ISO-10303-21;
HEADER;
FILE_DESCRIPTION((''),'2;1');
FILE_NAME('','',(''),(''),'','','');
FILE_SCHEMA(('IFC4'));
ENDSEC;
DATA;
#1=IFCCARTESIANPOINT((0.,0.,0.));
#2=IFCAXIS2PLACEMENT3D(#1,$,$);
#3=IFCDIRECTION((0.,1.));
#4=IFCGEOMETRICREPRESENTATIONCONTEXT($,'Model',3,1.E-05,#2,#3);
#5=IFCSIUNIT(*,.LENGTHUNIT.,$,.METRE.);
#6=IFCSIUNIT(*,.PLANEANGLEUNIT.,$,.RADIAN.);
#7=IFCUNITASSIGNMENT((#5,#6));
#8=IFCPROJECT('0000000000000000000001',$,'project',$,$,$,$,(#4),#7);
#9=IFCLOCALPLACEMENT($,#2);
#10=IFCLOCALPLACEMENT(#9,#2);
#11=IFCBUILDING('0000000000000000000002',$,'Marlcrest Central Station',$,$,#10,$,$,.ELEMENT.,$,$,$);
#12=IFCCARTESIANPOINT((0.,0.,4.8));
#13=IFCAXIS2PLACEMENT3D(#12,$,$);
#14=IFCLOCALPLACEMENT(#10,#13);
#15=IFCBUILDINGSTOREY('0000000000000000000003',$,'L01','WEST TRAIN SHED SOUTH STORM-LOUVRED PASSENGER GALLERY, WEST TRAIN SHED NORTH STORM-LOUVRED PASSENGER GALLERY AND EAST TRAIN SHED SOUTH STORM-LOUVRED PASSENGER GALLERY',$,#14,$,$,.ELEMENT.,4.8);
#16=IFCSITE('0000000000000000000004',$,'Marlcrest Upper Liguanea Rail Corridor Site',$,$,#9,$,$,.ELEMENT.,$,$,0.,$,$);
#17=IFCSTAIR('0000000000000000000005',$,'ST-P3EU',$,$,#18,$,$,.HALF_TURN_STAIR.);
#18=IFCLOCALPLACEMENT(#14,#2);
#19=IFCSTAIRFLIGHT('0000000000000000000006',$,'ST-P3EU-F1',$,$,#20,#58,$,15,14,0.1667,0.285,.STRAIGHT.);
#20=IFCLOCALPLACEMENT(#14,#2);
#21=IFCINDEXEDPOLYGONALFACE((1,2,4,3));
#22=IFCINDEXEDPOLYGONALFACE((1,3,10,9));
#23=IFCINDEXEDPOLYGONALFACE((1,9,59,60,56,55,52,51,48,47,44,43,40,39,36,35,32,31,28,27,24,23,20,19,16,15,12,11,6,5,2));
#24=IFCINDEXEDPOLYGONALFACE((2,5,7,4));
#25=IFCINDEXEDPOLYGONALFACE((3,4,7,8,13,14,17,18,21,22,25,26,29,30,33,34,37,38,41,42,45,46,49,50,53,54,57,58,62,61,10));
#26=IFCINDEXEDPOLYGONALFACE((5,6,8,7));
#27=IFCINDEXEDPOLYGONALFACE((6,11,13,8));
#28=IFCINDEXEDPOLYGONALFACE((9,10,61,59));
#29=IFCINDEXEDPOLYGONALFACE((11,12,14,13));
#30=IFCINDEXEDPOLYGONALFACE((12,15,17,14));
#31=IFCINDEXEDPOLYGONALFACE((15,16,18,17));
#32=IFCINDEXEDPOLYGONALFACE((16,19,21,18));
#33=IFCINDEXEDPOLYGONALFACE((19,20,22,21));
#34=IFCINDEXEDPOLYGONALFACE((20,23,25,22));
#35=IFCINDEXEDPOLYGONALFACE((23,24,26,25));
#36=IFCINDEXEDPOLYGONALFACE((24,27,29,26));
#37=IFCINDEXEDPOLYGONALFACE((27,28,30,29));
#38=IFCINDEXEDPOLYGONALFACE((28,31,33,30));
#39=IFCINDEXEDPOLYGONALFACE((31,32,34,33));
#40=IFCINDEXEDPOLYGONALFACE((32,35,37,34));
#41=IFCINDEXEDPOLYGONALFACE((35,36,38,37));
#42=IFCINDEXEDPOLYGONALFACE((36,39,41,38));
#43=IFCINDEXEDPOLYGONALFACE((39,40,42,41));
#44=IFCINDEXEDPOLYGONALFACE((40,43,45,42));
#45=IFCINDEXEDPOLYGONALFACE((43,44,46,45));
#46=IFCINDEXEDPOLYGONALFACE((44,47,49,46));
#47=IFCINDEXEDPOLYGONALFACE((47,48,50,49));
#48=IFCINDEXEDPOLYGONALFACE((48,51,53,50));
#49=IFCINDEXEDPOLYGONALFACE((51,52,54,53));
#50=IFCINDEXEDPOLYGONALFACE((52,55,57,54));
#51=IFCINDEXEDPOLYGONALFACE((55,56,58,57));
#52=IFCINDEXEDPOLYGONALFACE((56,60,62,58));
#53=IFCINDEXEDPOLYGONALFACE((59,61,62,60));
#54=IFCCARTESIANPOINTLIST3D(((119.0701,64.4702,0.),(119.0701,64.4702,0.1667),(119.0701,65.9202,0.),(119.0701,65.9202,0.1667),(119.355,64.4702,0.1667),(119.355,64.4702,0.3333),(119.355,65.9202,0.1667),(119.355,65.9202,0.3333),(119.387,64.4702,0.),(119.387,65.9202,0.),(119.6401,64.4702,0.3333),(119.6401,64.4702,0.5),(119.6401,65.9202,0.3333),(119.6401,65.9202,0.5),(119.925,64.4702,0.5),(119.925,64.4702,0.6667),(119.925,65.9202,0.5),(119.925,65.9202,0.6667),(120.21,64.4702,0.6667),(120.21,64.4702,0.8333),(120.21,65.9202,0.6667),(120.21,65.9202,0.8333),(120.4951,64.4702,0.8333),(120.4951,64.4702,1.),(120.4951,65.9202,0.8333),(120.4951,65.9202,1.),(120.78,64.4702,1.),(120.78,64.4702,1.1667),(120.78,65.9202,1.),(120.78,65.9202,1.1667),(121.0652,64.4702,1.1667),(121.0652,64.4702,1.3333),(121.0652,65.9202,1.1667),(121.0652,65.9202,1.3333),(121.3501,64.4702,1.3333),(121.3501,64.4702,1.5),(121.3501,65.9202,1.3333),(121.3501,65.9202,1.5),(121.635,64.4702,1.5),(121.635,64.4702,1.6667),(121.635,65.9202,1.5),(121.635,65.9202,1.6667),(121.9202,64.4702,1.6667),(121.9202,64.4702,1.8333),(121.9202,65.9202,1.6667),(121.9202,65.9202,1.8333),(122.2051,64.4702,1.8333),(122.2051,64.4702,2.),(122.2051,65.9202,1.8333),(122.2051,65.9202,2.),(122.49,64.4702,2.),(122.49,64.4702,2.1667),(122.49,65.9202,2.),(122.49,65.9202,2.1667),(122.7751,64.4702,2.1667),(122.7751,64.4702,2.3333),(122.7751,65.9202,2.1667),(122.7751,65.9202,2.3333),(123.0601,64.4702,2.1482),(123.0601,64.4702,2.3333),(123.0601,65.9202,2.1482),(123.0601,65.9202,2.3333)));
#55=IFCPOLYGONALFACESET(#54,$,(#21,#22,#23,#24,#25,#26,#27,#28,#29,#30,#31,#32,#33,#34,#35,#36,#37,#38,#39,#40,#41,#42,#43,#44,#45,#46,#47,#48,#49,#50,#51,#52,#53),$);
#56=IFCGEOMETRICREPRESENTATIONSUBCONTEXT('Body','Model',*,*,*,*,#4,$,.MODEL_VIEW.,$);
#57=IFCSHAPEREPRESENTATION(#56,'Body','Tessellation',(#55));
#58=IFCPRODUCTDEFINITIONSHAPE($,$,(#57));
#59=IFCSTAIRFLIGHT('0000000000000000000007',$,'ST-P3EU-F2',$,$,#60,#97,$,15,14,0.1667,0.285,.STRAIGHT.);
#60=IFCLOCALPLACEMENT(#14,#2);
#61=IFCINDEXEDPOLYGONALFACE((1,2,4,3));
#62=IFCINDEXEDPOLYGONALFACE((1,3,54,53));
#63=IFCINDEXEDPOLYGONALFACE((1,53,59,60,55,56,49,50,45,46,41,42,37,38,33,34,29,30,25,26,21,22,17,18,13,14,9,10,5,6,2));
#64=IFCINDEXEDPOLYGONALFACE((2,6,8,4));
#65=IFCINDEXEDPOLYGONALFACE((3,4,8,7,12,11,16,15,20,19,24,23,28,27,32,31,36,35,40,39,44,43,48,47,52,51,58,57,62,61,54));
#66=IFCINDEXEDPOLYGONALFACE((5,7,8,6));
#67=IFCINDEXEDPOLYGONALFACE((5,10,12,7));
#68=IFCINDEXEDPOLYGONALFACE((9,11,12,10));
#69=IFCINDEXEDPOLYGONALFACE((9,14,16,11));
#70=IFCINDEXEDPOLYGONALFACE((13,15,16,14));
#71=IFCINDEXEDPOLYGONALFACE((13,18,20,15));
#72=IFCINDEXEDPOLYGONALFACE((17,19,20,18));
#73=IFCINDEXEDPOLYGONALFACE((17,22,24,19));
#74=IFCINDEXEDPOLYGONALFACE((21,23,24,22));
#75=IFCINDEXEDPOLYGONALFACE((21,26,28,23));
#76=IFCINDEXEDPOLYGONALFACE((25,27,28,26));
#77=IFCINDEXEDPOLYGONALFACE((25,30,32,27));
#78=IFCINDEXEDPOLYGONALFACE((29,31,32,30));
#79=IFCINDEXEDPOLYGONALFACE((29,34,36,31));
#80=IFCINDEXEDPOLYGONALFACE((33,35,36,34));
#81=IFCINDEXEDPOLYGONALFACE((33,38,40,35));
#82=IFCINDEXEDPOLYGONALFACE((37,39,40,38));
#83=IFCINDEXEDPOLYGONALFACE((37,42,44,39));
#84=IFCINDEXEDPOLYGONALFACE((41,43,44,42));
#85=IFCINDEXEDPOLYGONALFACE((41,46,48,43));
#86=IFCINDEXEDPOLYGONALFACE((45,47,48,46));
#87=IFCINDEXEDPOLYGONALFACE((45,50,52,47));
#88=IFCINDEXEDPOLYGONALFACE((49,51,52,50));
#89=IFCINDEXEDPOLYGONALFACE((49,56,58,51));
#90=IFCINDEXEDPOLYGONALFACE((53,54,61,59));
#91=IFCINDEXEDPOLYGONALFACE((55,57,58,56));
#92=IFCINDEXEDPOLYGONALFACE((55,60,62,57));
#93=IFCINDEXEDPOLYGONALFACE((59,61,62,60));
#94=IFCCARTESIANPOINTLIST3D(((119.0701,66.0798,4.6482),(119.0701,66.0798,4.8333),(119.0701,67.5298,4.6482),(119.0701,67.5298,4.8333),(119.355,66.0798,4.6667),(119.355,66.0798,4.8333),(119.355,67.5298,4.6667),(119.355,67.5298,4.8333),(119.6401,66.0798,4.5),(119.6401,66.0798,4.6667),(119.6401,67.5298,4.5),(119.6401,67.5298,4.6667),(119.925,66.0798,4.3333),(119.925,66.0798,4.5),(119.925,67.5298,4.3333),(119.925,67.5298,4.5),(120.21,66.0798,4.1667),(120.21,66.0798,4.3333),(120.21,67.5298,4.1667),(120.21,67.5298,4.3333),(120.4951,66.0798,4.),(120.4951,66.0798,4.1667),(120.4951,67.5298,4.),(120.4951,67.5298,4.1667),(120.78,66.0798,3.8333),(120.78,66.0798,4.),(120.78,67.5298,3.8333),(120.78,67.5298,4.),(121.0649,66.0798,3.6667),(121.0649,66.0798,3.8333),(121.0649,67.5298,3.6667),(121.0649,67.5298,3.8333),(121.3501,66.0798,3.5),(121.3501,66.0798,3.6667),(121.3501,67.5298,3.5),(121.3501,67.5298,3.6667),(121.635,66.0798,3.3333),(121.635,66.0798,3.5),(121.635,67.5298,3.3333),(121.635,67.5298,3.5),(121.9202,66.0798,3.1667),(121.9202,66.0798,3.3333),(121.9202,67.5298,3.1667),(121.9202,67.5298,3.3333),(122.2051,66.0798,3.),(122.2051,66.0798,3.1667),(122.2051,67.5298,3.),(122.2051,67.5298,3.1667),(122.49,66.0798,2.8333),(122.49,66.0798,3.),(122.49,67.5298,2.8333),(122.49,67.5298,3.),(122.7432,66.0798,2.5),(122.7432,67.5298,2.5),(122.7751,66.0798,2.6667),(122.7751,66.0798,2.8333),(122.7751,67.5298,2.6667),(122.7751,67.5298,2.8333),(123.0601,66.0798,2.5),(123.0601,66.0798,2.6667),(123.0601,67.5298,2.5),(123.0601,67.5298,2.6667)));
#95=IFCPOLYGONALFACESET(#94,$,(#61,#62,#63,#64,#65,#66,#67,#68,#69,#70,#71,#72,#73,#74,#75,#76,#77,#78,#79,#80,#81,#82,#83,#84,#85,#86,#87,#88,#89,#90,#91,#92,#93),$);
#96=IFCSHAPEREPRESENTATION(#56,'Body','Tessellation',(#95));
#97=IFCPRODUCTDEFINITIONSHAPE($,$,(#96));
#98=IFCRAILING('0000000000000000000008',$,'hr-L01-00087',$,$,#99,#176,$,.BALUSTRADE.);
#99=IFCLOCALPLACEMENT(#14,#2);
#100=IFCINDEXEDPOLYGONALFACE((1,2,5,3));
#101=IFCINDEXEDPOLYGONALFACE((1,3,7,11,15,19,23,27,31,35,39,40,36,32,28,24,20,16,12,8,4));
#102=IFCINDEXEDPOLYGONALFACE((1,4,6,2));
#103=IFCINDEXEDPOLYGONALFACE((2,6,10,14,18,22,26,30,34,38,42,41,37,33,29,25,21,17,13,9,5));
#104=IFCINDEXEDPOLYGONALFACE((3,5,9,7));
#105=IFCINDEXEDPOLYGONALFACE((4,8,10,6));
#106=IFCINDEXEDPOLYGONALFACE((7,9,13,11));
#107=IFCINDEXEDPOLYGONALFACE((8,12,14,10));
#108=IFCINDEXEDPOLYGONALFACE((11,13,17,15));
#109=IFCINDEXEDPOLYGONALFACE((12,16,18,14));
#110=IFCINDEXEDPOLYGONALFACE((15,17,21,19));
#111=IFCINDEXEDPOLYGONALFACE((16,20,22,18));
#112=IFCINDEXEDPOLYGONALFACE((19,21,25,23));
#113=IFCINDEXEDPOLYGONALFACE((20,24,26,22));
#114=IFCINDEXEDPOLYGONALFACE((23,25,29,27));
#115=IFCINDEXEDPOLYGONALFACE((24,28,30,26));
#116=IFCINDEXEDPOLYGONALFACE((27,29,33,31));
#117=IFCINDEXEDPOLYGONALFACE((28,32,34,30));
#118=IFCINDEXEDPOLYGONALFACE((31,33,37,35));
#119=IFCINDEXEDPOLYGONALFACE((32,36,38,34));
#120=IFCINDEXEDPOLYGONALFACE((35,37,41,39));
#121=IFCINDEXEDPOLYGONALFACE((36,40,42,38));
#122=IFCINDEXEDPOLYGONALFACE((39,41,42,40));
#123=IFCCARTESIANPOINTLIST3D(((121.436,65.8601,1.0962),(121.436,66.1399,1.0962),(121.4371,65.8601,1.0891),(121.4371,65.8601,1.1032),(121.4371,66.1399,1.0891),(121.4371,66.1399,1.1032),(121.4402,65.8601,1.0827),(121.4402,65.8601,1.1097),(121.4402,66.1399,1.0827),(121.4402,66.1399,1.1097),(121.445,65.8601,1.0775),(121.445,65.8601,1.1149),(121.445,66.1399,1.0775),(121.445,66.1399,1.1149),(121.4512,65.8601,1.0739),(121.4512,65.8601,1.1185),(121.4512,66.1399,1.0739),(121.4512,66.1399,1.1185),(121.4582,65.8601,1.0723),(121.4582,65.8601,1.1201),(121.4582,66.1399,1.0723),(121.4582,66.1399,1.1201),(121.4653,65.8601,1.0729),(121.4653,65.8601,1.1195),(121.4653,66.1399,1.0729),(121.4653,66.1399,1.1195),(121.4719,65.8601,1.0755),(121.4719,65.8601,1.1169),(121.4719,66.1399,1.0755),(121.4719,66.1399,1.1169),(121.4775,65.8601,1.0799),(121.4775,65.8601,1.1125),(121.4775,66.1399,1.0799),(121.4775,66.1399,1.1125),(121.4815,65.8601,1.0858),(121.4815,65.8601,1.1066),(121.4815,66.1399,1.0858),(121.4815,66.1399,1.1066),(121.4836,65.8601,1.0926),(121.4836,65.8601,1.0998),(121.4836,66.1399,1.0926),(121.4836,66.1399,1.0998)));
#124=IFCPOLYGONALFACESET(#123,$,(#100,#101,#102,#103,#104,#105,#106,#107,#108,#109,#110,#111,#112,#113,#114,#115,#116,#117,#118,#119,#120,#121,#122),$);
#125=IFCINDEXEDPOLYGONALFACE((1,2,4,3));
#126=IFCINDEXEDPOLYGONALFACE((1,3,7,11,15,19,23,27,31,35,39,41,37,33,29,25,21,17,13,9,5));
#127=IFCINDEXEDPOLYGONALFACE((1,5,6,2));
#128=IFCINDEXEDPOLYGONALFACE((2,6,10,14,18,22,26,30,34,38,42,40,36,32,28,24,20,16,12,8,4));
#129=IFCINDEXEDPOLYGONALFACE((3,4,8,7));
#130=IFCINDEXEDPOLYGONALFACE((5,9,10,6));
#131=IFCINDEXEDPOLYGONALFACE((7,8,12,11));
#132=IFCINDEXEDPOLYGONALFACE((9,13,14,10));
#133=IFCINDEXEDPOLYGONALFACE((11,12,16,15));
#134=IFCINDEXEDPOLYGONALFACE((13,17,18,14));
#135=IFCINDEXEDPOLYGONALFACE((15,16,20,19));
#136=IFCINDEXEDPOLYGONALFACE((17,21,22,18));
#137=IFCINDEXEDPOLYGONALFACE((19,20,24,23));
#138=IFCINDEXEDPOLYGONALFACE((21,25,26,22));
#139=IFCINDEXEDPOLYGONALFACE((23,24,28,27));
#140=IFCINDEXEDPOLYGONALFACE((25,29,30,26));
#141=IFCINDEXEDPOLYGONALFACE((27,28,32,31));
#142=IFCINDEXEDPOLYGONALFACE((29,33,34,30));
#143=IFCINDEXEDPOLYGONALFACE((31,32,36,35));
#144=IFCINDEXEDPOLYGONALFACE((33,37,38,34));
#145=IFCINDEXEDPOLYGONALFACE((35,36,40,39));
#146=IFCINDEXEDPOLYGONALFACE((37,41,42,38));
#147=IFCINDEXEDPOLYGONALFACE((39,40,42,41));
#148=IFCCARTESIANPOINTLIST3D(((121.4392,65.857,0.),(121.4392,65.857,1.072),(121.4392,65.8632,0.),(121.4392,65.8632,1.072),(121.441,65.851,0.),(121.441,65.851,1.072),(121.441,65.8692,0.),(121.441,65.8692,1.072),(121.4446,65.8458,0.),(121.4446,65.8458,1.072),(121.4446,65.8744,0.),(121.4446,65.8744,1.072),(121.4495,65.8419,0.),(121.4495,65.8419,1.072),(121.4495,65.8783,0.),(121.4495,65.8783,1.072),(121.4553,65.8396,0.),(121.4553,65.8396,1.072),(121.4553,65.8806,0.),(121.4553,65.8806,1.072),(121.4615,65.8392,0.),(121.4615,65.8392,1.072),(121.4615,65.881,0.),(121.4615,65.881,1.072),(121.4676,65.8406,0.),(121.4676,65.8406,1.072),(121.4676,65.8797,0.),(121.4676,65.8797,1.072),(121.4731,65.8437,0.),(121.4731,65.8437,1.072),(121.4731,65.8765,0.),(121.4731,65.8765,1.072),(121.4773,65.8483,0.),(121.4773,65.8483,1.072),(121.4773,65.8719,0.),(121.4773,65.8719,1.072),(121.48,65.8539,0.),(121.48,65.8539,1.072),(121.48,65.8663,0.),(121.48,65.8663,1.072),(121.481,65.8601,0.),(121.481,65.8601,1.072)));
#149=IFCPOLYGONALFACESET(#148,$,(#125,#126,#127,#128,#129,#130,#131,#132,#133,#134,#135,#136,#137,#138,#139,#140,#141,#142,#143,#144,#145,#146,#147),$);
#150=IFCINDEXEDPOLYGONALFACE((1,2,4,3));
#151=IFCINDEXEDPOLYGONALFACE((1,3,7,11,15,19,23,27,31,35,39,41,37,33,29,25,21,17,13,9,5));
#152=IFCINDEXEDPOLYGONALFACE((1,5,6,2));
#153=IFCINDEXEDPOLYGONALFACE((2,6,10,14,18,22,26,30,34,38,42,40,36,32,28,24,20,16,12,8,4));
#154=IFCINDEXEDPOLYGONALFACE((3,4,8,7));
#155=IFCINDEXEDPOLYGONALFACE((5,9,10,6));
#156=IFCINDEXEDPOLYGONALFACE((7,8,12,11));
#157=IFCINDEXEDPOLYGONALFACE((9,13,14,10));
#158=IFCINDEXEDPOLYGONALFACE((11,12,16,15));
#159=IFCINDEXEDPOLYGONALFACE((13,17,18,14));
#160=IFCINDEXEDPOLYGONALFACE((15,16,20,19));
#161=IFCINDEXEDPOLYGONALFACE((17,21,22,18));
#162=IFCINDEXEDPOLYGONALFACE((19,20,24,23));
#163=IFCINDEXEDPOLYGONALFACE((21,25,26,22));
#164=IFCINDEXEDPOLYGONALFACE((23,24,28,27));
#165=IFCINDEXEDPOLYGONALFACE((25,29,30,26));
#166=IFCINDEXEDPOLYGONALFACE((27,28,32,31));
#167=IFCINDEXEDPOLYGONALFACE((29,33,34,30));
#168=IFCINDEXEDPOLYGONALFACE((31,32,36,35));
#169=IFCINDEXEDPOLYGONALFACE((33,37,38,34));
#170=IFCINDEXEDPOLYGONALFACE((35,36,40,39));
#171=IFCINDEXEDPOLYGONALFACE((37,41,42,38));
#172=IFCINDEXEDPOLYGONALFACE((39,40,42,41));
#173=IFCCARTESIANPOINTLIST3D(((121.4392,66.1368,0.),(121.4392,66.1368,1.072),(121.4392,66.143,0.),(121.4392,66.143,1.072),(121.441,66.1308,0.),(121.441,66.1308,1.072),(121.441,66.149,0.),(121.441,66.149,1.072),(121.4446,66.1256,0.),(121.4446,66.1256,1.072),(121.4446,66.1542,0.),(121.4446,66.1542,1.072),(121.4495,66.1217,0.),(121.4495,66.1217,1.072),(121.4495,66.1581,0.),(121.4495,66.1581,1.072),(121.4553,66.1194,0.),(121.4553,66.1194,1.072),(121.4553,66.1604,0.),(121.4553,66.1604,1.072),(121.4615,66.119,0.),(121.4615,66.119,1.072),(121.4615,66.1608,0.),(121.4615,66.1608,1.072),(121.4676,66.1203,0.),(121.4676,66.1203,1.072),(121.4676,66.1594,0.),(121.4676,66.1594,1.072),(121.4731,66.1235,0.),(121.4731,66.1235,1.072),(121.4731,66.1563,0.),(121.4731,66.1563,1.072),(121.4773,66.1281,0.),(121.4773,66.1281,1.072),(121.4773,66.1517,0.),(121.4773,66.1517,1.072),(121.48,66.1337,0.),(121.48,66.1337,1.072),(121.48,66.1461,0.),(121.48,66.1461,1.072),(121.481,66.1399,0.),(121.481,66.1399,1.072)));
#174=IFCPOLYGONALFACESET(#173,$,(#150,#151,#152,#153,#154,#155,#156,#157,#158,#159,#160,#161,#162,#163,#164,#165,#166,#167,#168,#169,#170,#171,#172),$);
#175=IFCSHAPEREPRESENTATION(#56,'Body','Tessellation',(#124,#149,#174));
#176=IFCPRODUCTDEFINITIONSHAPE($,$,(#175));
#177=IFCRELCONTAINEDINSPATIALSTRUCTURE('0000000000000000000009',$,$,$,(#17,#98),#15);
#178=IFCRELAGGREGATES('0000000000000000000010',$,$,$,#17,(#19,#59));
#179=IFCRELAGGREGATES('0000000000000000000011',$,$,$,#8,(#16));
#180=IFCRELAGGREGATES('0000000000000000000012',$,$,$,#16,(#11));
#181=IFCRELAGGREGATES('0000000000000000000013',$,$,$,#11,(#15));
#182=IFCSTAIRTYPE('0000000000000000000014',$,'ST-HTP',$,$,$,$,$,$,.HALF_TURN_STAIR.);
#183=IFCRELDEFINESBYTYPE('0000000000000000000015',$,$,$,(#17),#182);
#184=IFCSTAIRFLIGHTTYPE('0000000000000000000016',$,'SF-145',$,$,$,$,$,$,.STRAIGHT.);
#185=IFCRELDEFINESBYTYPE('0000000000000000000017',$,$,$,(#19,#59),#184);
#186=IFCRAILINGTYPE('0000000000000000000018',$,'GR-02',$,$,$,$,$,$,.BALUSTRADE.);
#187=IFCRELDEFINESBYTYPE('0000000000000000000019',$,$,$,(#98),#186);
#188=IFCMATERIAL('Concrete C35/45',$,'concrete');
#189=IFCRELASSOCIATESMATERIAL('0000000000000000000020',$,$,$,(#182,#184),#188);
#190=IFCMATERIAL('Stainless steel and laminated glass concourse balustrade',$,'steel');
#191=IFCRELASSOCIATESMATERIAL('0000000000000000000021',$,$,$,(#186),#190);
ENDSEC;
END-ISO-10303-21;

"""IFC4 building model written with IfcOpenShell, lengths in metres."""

from ifc_helpers import new_model, si_unit, direction, frame, origin, origin_2d, place, context, subcontext, project, spatial, polyline, circle, outline, extrude, material, type_object, element, aggregate, save


model = new_model("IFC4")

# Units and contexts
model_context = context("Model", 3, precision=1e-05, world=origin(), true_north=direction((0.0, 1.0)))
body_context = subcontext(model_context, "Body", "Model", "MODEL_VIEW")
ifc_project = project(units=[si_unit("LENGTHUNIT", "METRE"), si_unit("PLANEANGLEUNIT", "RADIAN")], contexts=[model_context])

# Site, building, storey
site_placement = place(None, origin())
site = spatial("IfcSite", under=ifc_project, at=site_placement, Name="Marlcrest Upper Liguanea Rail Corridor Site", CompositionType="ELEMENT", RefElevation=0.0)
building_placement = place(site_placement, origin())
building = spatial("IfcBuilding", under=site, at=building_placement, Name="Marlcrest Central Station", CompositionType="ELEMENT")
storey_placement = place(building_placement, frame((0.0, 0.0, 4.8)))
storey = spatial("IfcBuildingStorey", under=building, at=storey_placement, Name="L01", Description="WEST TRAIN SHED SOUTH STORM-LOUVRED PASSENGER GALLERY, WEST TRAIN SHED NORTH STORM-LOUVRED PASSENGER GALLERY AND EAST TRAIN SHED SOUTH STORM-LOUVRED PASSENGER GALLERY", CompositionType="ELEMENT", Elevation=4.8)

# Stair, stair flights
ifc_material_1 = material(Name="Concrete C35/45", Category="concrete")
stair_type = type_object("IfcStairType", Name="ST-HTP", PredefinedType="HALF_TURN_STAIR", material=ifc_material_1)
stair_placement = place(storey_placement, origin())
stair = element("IfcStair", 1, at=stair_placement, inside=storey, type_object=stair_type, Name="ST-P3EU", PredefinedType="HALF_TURN_STAIR")
stair_flight_type = type_object("IfcStairFlightType", Name="SF-145", PredefinedType="STRAIGHT", material=ifc_material_1)
stair_flight_1_placement = place(storey_placement, frame((119.0701, 65.1951, 0.0), z_axis=(0.0, 0.0, 1.0), x_axis=(1.0, 0.0, 0.0)))
stair_flight_1 = element("IfcStairFlight", 2, at=stair_flight_1_placement, type_object=stair_flight_type, Name="ST-P3EU-F1", NumberOfRisers=15, NumberOfTreads=14, PredefinedType="STRAIGHT", RiserHeight=0.1667, TreadLength=0.285, context=body_context, shape_type="SweptSolid", body=[
    extrude(outline(polyline([(0.0, 0.0), (0.0, 0.1667), (0.2849, 0.1667), (0.2849, 0.3333), (0.5701, 0.3333), (0.5701, 0.5), (0.855, 0.5), (0.855, 0.6667), (1.1399, 0.6667), (1.1399, 0.8333), (1.425, 0.8333), (1.425, 1.0), (1.71, 1.0), (1.71, 1.1667), (1.9951, 1.1667), (1.9951, 1.3333), (2.28, 1.3333), (2.28, 1.5), (2.5649, 1.5), (2.5649, 1.6667), (2.8501, 1.6667), (2.8501, 1.8333), (3.135, 1.8333), (3.135, 2.0), (3.4199, 2.0), (3.4199, 2.1667), (3.7051, 2.1667), (3.7051, 2.3333), (3.99, 2.3333), (3.99, 2.5), (3.99, 2.1482), (0.3169, 0.0), (0.0, 0.0)])), frame((0.0, 0.7251, 0.0), z_axis=(0.0, -1.0, 0.0), x_axis=(1.0, 0.0, 0.0)), (0.0, 0.0, 1.0), 1.45),
])
stair_flight_2_placement = place(storey_placement, frame((123.0601, 66.8049, 2.5), z_axis=(0.0, 0.0, 1.0), x_axis=(-1.0, 0.0, 0.0)))
stair_flight_2 = element("IfcStairFlight", 3, at=stair_flight_2_placement, type_object=stair_flight_type, Name="ST-P3EU-F2", NumberOfRisers=15, NumberOfTreads=14, PredefinedType="STRAIGHT", RiserHeight=0.1667, TreadLength=0.285, context=body_context, shape_type="SweptSolid", body=[
    extrude(outline(polyline([(0.0, 0.0), (0.0, 0.1667), (0.2849, 0.1667), (0.2849, 0.3333), (0.5701, 0.3333), (0.5701, 0.5), (0.855, 0.5), (0.855, 0.6667), (1.1399, 0.6667), (1.1399, 0.8333), (1.425, 0.8333), (1.425, 1.0), (1.71, 1.0), (1.71, 1.1667), (1.9951, 1.1667), (1.9951, 1.3333), (2.28, 1.3333), (2.28, 1.5), (2.5649, 1.5), (2.5649, 1.6667), (2.8501, 1.6667), (2.8501, 1.8333), (3.135, 1.8333), (3.135, 2.0), (3.4199, 2.0), (3.4199, 2.1667), (3.7051, 2.1667), (3.7051, 2.3333), (3.99, 2.3333), (3.99, 2.5), (3.99, 2.1482), (0.3169, 0.0), (0.0, 0.0)])), frame((0.0, 0.7251, 0.0), z_axis=(0.0, -1.0, 0.0), x_axis=(1.0, 0.0, 0.0)), (0.0, 0.0, 1.0), 1.45),
])
aggregate(stair, [stair_flight_1, stair_flight_2])

# Railing
ifc_material_2 = material(Name="Stainless steel and laminated glass concourse balustrade", Category="steel")
railing_type_1 = type_object("IfcRailingType", Name="GR-02", PredefinedType="BALUSTRADE", material=ifc_material_2)
railing_1_placement = place(storey_placement, frame((121.46, 65.8601, 0.0)))
element("IfcRailing", 4, at=railing_1_placement, inside=storey, type_object=railing_type_1, Name="hr-L01-00087", PredefinedType="BALUSTRADE", context=body_context, shape_type="SweptSolid", body=[
    extrude(circle(Radius=0.0239, at=origin_2d()), frame((0.0, 0.0, 1.0962), z_axis=(0.0, 1.0, 0.0), x_axis=(-1.0, 0.0, 0.0)), (0.0, 0.0, 1.0), 0.2798),
    extrude(circle(Radius=0.021, at=origin_2d()), origin(), (0.0, 0.0, 1.0), 1.072),
    extrude(circle(Radius=0.021, at=origin_2d()), frame((0.0, 0.2798, 0.0)), (0.0, 0.0, 1.0), 1.072),
])

save(model, "model.ifc")
